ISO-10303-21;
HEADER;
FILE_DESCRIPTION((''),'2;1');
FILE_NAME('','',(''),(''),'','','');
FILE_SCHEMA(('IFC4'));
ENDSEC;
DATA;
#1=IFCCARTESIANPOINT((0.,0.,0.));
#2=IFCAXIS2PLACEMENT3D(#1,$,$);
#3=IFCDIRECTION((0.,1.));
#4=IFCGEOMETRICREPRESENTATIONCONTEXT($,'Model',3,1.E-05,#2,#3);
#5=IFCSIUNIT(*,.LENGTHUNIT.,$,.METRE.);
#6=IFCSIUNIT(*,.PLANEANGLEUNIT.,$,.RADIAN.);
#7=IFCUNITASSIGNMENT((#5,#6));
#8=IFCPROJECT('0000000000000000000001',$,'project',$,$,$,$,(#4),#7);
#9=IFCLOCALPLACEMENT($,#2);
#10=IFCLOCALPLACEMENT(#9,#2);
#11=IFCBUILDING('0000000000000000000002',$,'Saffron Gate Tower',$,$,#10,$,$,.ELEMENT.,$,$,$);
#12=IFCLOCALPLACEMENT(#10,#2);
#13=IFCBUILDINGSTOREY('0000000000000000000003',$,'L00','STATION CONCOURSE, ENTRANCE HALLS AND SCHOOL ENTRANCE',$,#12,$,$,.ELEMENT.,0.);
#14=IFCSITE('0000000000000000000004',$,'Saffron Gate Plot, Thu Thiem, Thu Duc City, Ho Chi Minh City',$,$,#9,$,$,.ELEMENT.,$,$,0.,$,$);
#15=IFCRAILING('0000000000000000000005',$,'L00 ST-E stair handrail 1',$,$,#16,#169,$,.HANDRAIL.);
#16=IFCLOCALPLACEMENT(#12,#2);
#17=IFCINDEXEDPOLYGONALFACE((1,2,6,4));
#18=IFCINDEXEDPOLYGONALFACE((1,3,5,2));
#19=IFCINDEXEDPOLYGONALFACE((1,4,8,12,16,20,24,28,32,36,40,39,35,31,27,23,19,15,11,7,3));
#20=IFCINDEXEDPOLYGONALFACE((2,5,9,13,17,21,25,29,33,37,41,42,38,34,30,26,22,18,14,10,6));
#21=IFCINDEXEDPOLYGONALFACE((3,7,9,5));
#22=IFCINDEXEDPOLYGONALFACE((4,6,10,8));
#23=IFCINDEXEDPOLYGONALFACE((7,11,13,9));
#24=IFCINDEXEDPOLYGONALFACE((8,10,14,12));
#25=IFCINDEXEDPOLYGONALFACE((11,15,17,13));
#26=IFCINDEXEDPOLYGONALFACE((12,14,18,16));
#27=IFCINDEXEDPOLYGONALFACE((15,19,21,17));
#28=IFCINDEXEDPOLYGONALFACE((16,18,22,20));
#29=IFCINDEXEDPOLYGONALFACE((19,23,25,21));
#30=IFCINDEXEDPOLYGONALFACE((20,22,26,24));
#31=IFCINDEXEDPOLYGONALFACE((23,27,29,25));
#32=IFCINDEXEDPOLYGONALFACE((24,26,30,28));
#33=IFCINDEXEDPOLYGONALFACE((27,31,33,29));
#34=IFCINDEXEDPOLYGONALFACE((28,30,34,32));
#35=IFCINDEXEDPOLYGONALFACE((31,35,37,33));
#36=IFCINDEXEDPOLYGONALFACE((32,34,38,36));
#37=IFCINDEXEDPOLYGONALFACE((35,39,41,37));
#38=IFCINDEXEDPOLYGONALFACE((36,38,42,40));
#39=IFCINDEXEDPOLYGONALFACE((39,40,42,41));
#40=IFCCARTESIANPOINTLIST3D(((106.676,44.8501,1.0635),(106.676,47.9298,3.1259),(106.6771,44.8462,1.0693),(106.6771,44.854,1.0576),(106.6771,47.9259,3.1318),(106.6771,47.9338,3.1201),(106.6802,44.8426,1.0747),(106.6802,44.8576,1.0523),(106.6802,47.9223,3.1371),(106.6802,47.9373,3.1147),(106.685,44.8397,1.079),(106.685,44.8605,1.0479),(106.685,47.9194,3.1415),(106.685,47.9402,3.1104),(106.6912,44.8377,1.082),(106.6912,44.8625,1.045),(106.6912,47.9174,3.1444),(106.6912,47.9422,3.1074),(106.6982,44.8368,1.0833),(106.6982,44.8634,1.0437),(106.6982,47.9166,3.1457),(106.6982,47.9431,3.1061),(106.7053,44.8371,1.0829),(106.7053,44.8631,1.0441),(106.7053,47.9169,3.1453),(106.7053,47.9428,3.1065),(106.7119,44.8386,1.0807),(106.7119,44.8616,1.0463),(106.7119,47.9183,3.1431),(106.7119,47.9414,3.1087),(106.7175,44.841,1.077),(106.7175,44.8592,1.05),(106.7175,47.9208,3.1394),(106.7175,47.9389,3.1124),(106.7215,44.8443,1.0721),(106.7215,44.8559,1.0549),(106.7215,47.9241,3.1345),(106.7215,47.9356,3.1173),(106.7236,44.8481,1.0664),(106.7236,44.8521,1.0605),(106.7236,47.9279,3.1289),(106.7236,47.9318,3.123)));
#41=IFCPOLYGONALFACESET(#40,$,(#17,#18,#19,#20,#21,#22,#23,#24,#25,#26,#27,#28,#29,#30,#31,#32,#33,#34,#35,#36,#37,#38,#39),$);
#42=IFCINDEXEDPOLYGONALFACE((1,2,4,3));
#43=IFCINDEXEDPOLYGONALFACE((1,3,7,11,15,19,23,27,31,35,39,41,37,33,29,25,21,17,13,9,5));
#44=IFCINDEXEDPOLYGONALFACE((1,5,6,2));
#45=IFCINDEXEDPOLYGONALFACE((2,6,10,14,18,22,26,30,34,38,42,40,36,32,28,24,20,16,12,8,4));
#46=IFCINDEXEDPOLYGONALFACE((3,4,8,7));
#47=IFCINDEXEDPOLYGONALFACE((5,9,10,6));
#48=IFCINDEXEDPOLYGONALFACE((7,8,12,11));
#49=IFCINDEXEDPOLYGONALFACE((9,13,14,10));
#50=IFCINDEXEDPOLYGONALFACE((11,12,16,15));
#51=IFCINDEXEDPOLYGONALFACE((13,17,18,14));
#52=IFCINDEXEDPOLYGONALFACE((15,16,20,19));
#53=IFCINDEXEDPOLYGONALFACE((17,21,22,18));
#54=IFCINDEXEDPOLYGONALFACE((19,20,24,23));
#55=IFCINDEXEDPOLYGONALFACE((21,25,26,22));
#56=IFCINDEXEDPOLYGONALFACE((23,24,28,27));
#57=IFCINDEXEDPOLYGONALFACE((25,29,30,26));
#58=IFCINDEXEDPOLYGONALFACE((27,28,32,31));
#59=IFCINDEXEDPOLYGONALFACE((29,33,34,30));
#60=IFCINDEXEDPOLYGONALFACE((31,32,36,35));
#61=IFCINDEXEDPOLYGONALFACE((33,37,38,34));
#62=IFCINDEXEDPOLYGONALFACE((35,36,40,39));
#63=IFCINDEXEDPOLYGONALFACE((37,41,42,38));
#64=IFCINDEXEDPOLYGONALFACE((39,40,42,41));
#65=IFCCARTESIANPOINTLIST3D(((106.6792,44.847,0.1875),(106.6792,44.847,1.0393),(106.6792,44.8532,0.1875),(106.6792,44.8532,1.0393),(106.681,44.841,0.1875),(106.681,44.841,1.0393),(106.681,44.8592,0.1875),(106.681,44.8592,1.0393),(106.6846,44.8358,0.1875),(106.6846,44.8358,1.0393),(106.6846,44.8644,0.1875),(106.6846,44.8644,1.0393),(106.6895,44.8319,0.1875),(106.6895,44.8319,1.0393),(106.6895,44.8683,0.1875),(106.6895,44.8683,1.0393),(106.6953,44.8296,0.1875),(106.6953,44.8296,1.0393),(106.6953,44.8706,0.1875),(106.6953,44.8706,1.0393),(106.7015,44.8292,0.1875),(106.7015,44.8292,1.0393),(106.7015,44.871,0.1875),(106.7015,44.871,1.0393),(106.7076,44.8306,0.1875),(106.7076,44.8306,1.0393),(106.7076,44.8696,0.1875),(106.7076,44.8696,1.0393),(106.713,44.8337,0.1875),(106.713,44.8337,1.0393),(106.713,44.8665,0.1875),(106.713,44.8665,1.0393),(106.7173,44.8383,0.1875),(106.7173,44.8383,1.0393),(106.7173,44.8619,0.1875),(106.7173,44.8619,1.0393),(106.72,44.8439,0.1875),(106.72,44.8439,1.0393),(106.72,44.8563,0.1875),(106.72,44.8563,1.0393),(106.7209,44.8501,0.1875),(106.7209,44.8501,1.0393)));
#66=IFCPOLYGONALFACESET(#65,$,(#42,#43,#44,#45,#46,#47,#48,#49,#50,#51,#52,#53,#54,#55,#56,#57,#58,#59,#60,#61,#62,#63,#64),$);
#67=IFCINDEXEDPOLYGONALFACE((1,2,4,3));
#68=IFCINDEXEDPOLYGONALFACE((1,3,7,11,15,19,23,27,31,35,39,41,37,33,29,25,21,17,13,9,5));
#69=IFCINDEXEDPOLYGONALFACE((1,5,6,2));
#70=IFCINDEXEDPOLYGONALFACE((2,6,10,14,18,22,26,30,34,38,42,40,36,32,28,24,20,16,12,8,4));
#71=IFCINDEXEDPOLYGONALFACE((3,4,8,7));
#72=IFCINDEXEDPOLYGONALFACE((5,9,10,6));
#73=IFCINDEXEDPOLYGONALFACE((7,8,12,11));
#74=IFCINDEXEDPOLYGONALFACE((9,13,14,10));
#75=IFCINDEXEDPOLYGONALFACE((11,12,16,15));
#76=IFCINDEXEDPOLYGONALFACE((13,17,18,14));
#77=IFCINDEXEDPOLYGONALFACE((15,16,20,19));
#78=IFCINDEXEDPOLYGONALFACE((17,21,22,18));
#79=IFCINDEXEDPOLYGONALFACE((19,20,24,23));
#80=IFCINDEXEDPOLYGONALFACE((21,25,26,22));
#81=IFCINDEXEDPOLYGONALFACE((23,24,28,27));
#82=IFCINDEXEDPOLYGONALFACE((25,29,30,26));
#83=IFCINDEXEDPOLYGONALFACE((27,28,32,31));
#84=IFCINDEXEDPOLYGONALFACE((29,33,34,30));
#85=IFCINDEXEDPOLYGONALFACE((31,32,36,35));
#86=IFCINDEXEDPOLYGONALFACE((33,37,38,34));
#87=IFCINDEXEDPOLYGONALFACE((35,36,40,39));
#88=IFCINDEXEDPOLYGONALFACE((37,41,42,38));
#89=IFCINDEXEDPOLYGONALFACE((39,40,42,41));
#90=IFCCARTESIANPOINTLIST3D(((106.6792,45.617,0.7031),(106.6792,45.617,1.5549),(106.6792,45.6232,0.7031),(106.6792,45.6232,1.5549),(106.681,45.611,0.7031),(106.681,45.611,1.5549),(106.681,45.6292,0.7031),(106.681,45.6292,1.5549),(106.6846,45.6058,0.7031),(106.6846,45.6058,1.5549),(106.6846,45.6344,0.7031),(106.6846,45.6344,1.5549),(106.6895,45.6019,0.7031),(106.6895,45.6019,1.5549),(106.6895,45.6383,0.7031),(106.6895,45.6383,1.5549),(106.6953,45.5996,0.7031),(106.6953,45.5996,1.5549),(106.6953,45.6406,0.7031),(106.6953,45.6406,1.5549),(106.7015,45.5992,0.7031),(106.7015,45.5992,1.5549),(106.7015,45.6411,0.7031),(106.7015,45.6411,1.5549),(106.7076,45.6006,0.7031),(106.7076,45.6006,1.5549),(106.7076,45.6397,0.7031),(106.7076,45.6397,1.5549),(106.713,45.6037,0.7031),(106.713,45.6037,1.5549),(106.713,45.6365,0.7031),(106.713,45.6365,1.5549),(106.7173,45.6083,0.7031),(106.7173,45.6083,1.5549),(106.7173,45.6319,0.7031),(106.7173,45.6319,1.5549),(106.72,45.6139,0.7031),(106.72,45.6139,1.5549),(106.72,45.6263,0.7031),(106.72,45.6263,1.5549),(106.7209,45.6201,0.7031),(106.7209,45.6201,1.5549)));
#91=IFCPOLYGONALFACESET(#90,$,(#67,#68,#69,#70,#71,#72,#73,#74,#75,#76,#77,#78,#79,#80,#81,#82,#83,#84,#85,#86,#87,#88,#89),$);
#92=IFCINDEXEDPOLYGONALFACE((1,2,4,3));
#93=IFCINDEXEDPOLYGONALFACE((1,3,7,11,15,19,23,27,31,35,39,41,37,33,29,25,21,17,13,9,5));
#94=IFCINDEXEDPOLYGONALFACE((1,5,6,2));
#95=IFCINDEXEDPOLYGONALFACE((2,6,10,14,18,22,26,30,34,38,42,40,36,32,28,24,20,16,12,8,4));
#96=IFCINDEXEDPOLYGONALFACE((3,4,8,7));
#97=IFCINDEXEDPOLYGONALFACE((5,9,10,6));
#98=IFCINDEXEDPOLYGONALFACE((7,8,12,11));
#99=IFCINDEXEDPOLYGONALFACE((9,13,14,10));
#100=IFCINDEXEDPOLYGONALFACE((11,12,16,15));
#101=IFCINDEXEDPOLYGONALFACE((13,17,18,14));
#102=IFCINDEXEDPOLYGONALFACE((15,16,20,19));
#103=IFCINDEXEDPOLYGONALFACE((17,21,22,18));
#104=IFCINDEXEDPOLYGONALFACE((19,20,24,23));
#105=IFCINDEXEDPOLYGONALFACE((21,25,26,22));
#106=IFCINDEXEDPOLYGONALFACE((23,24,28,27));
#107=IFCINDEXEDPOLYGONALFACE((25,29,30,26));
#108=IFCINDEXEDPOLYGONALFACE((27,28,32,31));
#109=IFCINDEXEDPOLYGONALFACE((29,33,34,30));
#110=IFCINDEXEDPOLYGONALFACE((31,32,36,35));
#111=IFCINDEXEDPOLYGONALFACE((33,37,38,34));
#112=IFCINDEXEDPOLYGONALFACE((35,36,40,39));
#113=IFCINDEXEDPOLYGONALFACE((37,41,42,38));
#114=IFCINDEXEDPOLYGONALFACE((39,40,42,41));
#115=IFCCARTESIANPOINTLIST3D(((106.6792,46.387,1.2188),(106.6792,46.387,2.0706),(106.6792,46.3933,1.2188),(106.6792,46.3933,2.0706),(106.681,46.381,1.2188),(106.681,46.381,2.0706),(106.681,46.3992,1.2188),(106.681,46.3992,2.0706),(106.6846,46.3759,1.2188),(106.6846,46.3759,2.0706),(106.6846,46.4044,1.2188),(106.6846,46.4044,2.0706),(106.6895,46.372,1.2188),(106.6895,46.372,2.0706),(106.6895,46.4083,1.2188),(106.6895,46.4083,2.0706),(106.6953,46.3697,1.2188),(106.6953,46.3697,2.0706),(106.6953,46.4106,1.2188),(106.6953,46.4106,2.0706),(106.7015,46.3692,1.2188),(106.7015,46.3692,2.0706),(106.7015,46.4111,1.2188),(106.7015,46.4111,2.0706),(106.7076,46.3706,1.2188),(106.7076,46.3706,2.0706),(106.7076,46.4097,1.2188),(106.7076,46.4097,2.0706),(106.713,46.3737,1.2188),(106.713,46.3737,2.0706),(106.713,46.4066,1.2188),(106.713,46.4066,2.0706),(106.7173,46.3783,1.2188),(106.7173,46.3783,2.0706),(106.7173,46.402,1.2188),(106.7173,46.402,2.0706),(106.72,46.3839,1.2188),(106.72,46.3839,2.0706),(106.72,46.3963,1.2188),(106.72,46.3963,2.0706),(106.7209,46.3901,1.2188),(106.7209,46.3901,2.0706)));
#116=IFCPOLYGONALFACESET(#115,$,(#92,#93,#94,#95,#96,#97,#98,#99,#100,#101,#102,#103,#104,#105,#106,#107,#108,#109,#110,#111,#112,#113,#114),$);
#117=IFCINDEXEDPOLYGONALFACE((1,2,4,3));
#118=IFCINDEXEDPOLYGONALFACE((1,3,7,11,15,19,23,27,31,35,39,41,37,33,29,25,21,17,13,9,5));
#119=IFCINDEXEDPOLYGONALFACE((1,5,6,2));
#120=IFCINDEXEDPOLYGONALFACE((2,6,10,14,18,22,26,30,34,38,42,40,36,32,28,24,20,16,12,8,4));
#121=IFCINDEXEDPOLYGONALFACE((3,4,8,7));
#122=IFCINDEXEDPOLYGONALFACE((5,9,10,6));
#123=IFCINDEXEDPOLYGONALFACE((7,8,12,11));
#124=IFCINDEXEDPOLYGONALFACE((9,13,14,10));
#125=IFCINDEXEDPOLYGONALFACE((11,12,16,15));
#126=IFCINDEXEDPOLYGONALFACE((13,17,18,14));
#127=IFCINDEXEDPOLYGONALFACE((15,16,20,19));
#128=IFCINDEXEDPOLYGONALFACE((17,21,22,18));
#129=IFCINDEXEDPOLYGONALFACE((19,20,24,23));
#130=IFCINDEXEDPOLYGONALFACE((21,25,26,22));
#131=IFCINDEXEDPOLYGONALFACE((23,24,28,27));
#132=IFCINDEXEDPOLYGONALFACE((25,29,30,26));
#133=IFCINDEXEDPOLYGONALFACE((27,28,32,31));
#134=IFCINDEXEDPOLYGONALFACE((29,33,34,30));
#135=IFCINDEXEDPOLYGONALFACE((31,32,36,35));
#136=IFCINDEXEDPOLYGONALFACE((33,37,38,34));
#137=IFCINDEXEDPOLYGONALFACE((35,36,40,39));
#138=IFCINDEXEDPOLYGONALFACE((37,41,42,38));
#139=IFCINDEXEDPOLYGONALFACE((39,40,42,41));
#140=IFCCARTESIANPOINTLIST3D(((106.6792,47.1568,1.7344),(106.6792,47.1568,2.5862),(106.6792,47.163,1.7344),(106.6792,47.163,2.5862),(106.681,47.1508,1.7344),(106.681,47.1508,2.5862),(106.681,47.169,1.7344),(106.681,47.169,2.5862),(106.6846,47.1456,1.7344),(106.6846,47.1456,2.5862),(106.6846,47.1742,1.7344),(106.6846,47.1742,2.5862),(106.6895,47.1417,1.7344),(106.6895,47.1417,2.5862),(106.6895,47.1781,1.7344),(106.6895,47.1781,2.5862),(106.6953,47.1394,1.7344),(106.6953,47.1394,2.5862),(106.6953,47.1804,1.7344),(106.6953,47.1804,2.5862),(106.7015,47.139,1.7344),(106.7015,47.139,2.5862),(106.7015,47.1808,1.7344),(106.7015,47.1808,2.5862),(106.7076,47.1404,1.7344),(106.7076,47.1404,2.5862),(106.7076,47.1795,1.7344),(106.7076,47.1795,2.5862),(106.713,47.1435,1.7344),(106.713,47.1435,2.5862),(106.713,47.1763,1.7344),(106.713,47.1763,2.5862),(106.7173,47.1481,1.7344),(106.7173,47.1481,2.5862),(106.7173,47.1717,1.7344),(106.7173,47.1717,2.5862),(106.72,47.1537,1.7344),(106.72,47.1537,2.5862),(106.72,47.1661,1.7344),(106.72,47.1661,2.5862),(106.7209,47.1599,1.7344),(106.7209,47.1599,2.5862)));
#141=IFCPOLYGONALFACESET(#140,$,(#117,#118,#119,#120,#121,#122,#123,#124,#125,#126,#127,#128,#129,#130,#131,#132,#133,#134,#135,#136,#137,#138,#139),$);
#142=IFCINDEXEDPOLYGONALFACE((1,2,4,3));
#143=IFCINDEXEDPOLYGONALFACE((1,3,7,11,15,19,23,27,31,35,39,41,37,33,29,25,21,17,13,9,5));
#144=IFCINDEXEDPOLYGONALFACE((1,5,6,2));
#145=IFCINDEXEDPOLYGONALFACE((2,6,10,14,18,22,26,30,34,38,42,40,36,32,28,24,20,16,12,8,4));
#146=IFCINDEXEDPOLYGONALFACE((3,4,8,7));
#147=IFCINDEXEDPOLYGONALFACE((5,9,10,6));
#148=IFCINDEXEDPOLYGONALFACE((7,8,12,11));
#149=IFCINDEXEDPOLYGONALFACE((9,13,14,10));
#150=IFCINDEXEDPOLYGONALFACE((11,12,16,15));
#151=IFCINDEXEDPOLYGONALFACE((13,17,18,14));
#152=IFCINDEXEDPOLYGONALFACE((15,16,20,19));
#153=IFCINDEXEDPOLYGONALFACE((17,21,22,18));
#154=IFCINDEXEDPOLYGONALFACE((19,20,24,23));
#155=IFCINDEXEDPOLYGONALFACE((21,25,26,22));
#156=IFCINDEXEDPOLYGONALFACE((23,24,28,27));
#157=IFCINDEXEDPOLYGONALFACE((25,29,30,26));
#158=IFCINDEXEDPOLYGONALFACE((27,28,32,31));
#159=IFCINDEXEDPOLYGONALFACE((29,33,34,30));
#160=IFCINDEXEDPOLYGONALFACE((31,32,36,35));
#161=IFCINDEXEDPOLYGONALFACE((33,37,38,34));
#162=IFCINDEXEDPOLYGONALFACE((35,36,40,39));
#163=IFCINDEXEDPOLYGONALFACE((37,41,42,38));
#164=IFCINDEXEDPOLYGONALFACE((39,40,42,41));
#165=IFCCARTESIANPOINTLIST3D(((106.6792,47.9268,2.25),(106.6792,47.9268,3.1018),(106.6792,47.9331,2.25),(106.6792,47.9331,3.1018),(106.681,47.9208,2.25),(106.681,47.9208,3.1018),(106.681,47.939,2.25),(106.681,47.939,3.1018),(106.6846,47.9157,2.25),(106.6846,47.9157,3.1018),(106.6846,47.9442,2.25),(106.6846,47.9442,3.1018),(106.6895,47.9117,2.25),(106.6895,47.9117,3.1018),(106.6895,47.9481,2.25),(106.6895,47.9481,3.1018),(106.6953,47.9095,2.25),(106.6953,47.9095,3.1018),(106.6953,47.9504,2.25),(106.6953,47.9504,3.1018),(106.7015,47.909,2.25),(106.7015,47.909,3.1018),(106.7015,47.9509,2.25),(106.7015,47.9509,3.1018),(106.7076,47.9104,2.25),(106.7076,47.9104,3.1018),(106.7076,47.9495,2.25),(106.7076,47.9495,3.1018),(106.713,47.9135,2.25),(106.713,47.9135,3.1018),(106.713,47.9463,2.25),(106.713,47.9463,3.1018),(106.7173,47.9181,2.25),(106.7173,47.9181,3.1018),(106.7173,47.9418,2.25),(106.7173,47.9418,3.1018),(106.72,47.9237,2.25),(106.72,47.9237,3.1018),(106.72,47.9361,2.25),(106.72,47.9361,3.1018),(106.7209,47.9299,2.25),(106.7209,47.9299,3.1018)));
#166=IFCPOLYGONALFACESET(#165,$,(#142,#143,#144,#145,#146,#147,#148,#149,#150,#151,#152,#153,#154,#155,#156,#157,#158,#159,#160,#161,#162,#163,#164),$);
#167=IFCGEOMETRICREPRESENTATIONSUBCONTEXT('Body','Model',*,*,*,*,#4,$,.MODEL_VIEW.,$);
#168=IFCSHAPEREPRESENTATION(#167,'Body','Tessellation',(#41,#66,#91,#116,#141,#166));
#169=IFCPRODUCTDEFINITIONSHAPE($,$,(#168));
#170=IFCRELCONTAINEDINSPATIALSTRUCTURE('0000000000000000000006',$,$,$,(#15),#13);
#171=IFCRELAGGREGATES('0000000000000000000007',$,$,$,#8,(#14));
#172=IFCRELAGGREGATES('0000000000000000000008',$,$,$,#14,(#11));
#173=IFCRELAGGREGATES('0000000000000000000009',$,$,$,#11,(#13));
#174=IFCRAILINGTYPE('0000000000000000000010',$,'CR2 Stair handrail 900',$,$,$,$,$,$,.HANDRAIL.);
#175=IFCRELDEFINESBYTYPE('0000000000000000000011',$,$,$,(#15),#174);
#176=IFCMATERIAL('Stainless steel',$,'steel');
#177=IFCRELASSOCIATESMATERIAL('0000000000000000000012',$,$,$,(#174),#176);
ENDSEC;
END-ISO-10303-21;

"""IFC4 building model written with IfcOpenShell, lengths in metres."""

from ifc_helpers import new_model, si_unit, direction, frame, origin, origin_2d, place, context, subcontext, project, spatial, circle, extrude, material, type_object, element, save


model = new_model("IFC4")

# Units and contexts
model_context = context("Model", 3, precision=1e-05, world=origin(), true_north=direction((0.0, 1.0)))
body_context = subcontext(model_context, "Body", "Model", "MODEL_VIEW")
ifc_project = project(units=[si_unit("LENGTHUNIT", "METRE"), si_unit("PLANEANGLEUNIT", "RADIAN")], contexts=[model_context])

# Site, building, storey
site_placement = place(None, origin())
site = spatial("IfcSite", under=ifc_project, at=site_placement, Name="Saffron Gate Plot, Thu Thiem, Thu Duc City, Ho Chi Minh City", CompositionType="ELEMENT", RefElevation=0.0)
building_placement = place(site_placement, origin())
building = spatial("IfcBuilding", under=site, at=building_placement, Name="Saffron Gate Tower", CompositionType="ELEMENT")
storey_placement = place(building_placement, origin())
storey = spatial("IfcBuildingStorey", under=building, at=storey_placement, Name="L00", Description="STATION CONCOURSE, ENTRANCE HALLS AND SCHOOL ENTRANCE", CompositionType="ELEMENT", Elevation=0.0)

# Railing
ifc_material_1 = material(Name="Stainless steel", Category="steel")
railing_type_1 = type_object("IfcRailingType", Name="CR2 Stair handrail 900", PredefinedType="HANDRAIL", material=ifc_material_1)
railing_1_placement = place(storey_placement, frame((106.7, 44.8501, 0.1875)))
element("IfcRailing", 1, at=railing_1_placement, inside=storey, type_object=railing_type_1, Name="L00 ST-E stair handrail 1", PredefinedType="HANDRAIL", context=body_context, shape_type="SweptSolid", body=[
    extrude(circle(Radius=0.0239, at=origin_2d()), frame((0.0, 0.0, 0.876), z_axis=(0.0, 0.830893, 0.556432), x_axis=(-1.0, 0.0, 0.0)), (0.0, 0.0, 1.0), 3.7065),
    extrude(circle(Radius=0.021, at=origin_2d()), origin(), (0.0, 0.0, 1.0), 0.8518),
    extrude(circle(Radius=0.021, at=origin_2d()), frame((0.0, 0.77, 0.5156)), (0.0, 0.0, 1.0), 0.8518),
    extrude(circle(Radius=0.021, at=origin_2d()), frame((0.0, 1.54, 1.0312)), (0.0, 0.0, 1.0), 0.8518),
    extrude(circle(Radius=0.021, at=origin_2d()), frame((0.0, 2.3098, 1.5469)), (0.0, 0.0, 1.0), 0.8518),
    extrude(circle(Radius=0.021, at=origin_2d()), frame((0.0, 3.0798, 2.0625)), (0.0, 0.0, 1.0), 0.8518),
])

save(model, "model.ifc")
